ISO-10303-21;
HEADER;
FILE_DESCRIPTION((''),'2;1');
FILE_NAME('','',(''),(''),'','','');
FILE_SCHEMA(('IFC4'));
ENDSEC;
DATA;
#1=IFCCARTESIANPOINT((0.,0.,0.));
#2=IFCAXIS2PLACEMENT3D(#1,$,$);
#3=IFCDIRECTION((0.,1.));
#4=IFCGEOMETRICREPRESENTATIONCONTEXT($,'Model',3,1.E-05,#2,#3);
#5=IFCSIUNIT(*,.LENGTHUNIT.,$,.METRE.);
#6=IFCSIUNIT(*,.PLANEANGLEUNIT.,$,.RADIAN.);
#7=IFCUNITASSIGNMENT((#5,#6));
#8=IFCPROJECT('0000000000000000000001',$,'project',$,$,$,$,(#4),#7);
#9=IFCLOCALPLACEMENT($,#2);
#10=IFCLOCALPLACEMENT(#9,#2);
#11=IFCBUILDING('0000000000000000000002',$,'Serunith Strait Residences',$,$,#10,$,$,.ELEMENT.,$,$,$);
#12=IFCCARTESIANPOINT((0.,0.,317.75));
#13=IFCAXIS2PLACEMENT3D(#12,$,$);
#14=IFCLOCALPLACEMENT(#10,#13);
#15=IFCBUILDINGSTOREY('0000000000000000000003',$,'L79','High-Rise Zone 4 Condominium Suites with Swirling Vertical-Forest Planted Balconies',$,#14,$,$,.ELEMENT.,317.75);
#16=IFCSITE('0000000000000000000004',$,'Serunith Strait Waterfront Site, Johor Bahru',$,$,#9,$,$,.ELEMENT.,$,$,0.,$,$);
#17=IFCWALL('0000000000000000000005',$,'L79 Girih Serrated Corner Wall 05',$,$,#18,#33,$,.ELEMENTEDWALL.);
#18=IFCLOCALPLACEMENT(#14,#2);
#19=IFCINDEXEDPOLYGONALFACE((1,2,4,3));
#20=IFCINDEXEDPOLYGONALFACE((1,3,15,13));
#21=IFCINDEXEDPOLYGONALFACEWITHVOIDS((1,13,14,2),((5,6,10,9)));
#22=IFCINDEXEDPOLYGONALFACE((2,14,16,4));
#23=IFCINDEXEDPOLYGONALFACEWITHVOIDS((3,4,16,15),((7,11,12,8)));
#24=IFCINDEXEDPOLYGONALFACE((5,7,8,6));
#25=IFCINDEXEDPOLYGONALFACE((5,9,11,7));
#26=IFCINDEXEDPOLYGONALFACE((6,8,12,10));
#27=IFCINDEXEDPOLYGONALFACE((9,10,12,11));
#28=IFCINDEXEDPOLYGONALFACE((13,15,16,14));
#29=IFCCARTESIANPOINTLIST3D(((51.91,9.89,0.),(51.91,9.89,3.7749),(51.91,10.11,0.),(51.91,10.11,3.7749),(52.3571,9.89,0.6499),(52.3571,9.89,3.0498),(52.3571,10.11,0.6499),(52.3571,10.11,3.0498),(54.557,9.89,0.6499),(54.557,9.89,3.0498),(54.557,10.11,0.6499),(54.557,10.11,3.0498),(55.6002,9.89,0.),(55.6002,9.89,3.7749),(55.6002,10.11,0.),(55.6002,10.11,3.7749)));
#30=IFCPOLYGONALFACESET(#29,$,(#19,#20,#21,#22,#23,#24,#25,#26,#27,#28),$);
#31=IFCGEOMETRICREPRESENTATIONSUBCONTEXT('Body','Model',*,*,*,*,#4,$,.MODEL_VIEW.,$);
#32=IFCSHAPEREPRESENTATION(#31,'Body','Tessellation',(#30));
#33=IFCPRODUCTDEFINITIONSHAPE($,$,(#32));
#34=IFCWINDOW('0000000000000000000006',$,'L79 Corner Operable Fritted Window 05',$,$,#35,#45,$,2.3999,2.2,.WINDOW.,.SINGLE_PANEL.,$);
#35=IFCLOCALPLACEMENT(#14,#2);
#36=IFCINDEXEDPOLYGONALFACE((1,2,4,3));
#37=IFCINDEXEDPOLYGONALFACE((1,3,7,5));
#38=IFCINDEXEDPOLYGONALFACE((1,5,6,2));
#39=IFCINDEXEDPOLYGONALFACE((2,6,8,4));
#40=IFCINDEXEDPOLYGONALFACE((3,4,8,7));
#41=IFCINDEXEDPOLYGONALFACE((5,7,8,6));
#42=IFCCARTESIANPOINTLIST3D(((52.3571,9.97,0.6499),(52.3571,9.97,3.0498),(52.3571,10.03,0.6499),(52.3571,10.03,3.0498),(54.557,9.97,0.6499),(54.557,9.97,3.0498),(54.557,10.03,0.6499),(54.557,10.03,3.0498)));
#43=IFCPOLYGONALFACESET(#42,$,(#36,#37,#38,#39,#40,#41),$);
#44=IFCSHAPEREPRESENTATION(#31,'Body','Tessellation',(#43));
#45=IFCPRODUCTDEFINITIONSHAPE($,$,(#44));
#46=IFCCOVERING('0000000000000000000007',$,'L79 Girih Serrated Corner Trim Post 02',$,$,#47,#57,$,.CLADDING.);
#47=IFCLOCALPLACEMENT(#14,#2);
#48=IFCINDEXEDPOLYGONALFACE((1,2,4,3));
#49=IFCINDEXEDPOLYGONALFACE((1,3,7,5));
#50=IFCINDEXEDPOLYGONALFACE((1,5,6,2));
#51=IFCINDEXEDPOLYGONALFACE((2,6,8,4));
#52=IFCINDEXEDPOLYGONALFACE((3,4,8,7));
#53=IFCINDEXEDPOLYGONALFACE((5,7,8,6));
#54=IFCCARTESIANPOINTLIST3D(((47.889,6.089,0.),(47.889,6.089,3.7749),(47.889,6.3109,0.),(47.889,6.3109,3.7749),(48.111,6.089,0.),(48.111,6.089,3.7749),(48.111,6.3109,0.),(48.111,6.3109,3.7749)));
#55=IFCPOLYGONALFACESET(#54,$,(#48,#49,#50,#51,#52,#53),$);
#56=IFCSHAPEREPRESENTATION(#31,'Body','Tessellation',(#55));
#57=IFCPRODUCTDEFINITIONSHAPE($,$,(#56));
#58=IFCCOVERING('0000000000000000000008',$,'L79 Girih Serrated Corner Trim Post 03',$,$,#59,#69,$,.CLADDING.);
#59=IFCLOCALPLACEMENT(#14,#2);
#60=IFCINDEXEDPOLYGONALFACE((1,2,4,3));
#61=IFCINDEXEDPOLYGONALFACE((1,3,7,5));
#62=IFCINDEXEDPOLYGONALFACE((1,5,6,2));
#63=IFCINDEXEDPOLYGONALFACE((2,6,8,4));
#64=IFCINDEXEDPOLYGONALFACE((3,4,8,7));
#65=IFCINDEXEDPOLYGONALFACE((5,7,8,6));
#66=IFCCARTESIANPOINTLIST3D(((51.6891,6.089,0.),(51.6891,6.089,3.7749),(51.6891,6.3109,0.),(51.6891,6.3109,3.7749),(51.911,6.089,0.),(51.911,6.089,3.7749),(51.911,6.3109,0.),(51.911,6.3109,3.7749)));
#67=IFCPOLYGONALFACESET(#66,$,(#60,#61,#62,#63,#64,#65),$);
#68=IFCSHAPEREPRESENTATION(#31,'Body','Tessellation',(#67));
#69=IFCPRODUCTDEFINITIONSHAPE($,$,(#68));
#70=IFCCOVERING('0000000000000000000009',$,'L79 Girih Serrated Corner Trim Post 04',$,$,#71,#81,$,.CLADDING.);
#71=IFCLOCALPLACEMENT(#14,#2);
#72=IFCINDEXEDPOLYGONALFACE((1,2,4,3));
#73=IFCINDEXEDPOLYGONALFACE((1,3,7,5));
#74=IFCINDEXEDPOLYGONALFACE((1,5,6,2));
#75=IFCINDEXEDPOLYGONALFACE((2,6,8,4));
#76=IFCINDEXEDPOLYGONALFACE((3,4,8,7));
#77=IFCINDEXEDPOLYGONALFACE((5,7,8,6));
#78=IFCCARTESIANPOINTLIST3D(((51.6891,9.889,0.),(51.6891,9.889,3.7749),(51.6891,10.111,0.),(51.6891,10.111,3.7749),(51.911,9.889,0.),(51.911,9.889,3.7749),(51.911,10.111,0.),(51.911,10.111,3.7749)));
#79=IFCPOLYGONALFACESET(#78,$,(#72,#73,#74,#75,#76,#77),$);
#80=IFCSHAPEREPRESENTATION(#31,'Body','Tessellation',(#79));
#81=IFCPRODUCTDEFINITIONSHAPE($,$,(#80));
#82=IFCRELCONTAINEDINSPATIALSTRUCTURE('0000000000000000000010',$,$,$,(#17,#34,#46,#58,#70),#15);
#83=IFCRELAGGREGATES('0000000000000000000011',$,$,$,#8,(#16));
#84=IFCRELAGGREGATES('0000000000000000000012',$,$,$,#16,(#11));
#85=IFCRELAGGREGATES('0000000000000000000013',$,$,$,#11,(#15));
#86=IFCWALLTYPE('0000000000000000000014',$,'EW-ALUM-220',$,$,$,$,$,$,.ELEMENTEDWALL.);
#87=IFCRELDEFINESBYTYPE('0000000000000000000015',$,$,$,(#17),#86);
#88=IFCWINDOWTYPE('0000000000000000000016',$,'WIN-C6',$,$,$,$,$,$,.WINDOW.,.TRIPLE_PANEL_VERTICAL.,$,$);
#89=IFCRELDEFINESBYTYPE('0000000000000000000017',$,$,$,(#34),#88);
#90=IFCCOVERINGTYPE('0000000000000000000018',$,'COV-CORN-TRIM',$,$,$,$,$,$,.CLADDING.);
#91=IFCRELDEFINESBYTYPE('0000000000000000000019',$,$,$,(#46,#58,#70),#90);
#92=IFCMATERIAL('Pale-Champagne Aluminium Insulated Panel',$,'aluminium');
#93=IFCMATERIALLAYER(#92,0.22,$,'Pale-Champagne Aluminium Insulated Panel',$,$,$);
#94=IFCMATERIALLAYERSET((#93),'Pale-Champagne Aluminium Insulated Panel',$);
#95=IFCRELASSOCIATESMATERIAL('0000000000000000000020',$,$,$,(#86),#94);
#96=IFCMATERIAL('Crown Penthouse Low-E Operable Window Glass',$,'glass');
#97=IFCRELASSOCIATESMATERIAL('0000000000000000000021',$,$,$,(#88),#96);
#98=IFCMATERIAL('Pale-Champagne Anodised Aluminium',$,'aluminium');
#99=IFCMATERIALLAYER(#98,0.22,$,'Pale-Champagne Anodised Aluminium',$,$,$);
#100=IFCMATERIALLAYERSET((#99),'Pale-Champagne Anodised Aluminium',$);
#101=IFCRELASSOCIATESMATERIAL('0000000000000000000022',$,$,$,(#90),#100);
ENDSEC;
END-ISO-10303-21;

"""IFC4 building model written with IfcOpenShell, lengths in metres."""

from ifc_helpers import new_model, si_unit, direction, frame, frame_2d, origin, origin_2d, place, context, subcontext, project, spatial, rectangle, extrude, source, transform, mapped, material, layer, layer_set, type_object, element, fill, save


model = new_model("IFC4")

# Units and contexts
model_context = context("Model", 3, precision=1e-05, world=origin(), true_north=direction((0.0, 1.0)))
body_context = subcontext(model_context, "Body", "Model", "MODEL_VIEW")
ifc_project = project(units=[si_unit("LENGTHUNIT", "METRE"), si_unit("PLANEANGLEUNIT", "RADIAN")], contexts=[model_context])

# Site, building, storey
site_placement = place(None, origin())
site = spatial("IfcSite", under=ifc_project, at=site_placement, Name="Serunith Strait Waterfront Site, Johor Bahru", CompositionType="ELEMENT", RefElevation=0.0)
building_placement = place(site_placement, origin())
building = spatial("IfcBuilding", under=site, at=building_placement, Name="Serunith Strait Residences", CompositionType="ELEMENT")
storey_placement = place(building_placement, frame((0.0, 0.0, 317.75)))
storey = spatial("IfcBuildingStorey", under=building, at=storey_placement, Name="L79", Description="High-Rise Zone 4 Condominium Suites with Swirling Vertical-Forest Planted Balconies", CompositionType="ELEMENT", Elevation=317.75)

# Wall, opening, window
ifc_material_1 = material(Name="Pale-Champagne Aluminium Insulated Panel", Category="aluminium")
ifc_layer_1 = layer(ifc_material_1, 0.22, Name="Pale-Champagne Aluminium Insulated Panel")
ifc_layer_set_1 = layer_set([ifc_layer_1], Name="Pale-Champagne Aluminium Insulated Panel")
wall_type = type_object("IfcWallType", Name="EW-ALUM-220", PredefinedType="ELEMENTEDWALL", material=ifc_layer_set_1)
ifc_material_2 = material(Name="Crown Penthouse Low-E Operable Window Glass", Category="glass")
window_type = type_object("IfcWindowType", Name="WIN-C6", PartitioningType="TRIPLE_PANEL_VERTICAL", PredefinedType="WINDOW", material=ifc_material_2)
shared_shape_1 = source(origin(), body_context, "Body", "SweptSolid", [
    extrude(rectangle(XDim=2.2, YDim=2.3999, at=frame_2d((1.1001, 1.2))), frame((0.0, 0.03, 0.0), z_axis=(0.0, -1.0, 0.0), x_axis=(1.0, 0.0, 0.0)), (0.0, 0.0, 1.0), 0.0601),
])
wall_1_placement = place(storey_placement, frame((51.9099, 10.0, 0.0), z_axis=(0.0, 0.0, 1.0), x_axis=(1.0, 0.0, 0.0)))
wall_1 = element("IfcWall", 1, at=wall_1_placement, inside=storey, type_object=wall_type, Name="L79 Girih Serrated Corner Wall 05", PredefinedType="ELEMENTEDWALL", context=body_context, shape_type="SweptSolid", body=[
    extrude(rectangle(XDim=3.6902, YDim=0.22, at=frame_2d((1.8452, 0.0))), origin(), (0.0, 0.0, 1.0), 3.7749),
])
opening_1_placement = place(wall_1_placement, frame((0.447, 0.0, 0.6499)))
opening_1 = element("IfcOpeningElement", 2, at=opening_1_placement, cuts=wall_1, PredefinedType="OPENING", context=body_context, shape_type="SweptSolid", body=[
    extrude(rectangle(XDim=2.2, YDim=2.3999, at=frame_2d((1.1001, 1.2))), frame((0.0, 0.1201, 0.0), z_axis=(0.0, -1.0, 0.0), x_axis=(1.0, 0.0, 0.0)), (0.0, 0.0, 1.0), 0.24),
])
window_1_placement = place(opening_1_placement, origin())
window_1 = element("IfcWindow", 3, at=window_1_placement, inside=storey, type_object=window_type, Name="L79 Corner Operable Fritted Window 05", OverallHeight=2.3999, OverallWidth=2.2, PartitioningType="SINGLE_PANEL", PredefinedType="WINDOW", context=body_context, shape_type="MappedRepresentation", body=[
    mapped(shared_shape_1, transform((0.0, 0.0, 0.0), scale=1.0)),
])
fill(opening_1, window_1)

# Coverings
ifc_material_3 = material(Name="Pale-Champagne Anodised Aluminium", Category="aluminium")
ifc_layer_2 = layer(ifc_material_3, 0.22, Name="Pale-Champagne Anodised Aluminium")
ifc_layer_set_2 = layer_set([ifc_layer_2], Name="Pale-Champagne Anodised Aluminium")
covering_type = type_object("IfcCoveringType", Name="COV-CORN-TRIM", PredefinedType="CLADDING", material=ifc_layer_set_2)
shared_shape_2 = source(origin(), body_context, "Body", "SweptSolid", [
    extrude(rectangle(XDim=0.2219, YDim=0.2219, at=origin_2d()), origin(), (0.0, 0.0, 1.0), 3.7749),
])
for number, where, z_axis, x_axis, name in (
    (4, (48.0, 6.2, 0.0), (0.0, 0.0, 1.0), (1.0, 0.0, 0.0), "L79 Girih Serrated Corner Trim Post 02"),
    (5, (51.8, 6.2, 0.0), (0.0, 0.0, 1.0), (1.0, 0.0, 0.0), "L79 Girih Serrated Corner Trim Post 03"),
    (6, (51.8, 10.0, 0.0), (0.0, 0.0, 1.0), (1.0, 0.0, 0.0), "L79 Girih Serrated Corner Trim Post 04"),
):
    element("IfcCovering", number, at=place(storey_placement, frame(where, z_axis=z_axis, x_axis=x_axis)), inside=storey, type_object=covering_type, Name=name, PredefinedType="CLADDING", context=body_context, shape_type="MappedRepresentation", body=[
        mapped(shared_shape_2, transform((0.0, 0.0, 0.0), scale=1.0)),
    ])

save(model, "model.ifc")
